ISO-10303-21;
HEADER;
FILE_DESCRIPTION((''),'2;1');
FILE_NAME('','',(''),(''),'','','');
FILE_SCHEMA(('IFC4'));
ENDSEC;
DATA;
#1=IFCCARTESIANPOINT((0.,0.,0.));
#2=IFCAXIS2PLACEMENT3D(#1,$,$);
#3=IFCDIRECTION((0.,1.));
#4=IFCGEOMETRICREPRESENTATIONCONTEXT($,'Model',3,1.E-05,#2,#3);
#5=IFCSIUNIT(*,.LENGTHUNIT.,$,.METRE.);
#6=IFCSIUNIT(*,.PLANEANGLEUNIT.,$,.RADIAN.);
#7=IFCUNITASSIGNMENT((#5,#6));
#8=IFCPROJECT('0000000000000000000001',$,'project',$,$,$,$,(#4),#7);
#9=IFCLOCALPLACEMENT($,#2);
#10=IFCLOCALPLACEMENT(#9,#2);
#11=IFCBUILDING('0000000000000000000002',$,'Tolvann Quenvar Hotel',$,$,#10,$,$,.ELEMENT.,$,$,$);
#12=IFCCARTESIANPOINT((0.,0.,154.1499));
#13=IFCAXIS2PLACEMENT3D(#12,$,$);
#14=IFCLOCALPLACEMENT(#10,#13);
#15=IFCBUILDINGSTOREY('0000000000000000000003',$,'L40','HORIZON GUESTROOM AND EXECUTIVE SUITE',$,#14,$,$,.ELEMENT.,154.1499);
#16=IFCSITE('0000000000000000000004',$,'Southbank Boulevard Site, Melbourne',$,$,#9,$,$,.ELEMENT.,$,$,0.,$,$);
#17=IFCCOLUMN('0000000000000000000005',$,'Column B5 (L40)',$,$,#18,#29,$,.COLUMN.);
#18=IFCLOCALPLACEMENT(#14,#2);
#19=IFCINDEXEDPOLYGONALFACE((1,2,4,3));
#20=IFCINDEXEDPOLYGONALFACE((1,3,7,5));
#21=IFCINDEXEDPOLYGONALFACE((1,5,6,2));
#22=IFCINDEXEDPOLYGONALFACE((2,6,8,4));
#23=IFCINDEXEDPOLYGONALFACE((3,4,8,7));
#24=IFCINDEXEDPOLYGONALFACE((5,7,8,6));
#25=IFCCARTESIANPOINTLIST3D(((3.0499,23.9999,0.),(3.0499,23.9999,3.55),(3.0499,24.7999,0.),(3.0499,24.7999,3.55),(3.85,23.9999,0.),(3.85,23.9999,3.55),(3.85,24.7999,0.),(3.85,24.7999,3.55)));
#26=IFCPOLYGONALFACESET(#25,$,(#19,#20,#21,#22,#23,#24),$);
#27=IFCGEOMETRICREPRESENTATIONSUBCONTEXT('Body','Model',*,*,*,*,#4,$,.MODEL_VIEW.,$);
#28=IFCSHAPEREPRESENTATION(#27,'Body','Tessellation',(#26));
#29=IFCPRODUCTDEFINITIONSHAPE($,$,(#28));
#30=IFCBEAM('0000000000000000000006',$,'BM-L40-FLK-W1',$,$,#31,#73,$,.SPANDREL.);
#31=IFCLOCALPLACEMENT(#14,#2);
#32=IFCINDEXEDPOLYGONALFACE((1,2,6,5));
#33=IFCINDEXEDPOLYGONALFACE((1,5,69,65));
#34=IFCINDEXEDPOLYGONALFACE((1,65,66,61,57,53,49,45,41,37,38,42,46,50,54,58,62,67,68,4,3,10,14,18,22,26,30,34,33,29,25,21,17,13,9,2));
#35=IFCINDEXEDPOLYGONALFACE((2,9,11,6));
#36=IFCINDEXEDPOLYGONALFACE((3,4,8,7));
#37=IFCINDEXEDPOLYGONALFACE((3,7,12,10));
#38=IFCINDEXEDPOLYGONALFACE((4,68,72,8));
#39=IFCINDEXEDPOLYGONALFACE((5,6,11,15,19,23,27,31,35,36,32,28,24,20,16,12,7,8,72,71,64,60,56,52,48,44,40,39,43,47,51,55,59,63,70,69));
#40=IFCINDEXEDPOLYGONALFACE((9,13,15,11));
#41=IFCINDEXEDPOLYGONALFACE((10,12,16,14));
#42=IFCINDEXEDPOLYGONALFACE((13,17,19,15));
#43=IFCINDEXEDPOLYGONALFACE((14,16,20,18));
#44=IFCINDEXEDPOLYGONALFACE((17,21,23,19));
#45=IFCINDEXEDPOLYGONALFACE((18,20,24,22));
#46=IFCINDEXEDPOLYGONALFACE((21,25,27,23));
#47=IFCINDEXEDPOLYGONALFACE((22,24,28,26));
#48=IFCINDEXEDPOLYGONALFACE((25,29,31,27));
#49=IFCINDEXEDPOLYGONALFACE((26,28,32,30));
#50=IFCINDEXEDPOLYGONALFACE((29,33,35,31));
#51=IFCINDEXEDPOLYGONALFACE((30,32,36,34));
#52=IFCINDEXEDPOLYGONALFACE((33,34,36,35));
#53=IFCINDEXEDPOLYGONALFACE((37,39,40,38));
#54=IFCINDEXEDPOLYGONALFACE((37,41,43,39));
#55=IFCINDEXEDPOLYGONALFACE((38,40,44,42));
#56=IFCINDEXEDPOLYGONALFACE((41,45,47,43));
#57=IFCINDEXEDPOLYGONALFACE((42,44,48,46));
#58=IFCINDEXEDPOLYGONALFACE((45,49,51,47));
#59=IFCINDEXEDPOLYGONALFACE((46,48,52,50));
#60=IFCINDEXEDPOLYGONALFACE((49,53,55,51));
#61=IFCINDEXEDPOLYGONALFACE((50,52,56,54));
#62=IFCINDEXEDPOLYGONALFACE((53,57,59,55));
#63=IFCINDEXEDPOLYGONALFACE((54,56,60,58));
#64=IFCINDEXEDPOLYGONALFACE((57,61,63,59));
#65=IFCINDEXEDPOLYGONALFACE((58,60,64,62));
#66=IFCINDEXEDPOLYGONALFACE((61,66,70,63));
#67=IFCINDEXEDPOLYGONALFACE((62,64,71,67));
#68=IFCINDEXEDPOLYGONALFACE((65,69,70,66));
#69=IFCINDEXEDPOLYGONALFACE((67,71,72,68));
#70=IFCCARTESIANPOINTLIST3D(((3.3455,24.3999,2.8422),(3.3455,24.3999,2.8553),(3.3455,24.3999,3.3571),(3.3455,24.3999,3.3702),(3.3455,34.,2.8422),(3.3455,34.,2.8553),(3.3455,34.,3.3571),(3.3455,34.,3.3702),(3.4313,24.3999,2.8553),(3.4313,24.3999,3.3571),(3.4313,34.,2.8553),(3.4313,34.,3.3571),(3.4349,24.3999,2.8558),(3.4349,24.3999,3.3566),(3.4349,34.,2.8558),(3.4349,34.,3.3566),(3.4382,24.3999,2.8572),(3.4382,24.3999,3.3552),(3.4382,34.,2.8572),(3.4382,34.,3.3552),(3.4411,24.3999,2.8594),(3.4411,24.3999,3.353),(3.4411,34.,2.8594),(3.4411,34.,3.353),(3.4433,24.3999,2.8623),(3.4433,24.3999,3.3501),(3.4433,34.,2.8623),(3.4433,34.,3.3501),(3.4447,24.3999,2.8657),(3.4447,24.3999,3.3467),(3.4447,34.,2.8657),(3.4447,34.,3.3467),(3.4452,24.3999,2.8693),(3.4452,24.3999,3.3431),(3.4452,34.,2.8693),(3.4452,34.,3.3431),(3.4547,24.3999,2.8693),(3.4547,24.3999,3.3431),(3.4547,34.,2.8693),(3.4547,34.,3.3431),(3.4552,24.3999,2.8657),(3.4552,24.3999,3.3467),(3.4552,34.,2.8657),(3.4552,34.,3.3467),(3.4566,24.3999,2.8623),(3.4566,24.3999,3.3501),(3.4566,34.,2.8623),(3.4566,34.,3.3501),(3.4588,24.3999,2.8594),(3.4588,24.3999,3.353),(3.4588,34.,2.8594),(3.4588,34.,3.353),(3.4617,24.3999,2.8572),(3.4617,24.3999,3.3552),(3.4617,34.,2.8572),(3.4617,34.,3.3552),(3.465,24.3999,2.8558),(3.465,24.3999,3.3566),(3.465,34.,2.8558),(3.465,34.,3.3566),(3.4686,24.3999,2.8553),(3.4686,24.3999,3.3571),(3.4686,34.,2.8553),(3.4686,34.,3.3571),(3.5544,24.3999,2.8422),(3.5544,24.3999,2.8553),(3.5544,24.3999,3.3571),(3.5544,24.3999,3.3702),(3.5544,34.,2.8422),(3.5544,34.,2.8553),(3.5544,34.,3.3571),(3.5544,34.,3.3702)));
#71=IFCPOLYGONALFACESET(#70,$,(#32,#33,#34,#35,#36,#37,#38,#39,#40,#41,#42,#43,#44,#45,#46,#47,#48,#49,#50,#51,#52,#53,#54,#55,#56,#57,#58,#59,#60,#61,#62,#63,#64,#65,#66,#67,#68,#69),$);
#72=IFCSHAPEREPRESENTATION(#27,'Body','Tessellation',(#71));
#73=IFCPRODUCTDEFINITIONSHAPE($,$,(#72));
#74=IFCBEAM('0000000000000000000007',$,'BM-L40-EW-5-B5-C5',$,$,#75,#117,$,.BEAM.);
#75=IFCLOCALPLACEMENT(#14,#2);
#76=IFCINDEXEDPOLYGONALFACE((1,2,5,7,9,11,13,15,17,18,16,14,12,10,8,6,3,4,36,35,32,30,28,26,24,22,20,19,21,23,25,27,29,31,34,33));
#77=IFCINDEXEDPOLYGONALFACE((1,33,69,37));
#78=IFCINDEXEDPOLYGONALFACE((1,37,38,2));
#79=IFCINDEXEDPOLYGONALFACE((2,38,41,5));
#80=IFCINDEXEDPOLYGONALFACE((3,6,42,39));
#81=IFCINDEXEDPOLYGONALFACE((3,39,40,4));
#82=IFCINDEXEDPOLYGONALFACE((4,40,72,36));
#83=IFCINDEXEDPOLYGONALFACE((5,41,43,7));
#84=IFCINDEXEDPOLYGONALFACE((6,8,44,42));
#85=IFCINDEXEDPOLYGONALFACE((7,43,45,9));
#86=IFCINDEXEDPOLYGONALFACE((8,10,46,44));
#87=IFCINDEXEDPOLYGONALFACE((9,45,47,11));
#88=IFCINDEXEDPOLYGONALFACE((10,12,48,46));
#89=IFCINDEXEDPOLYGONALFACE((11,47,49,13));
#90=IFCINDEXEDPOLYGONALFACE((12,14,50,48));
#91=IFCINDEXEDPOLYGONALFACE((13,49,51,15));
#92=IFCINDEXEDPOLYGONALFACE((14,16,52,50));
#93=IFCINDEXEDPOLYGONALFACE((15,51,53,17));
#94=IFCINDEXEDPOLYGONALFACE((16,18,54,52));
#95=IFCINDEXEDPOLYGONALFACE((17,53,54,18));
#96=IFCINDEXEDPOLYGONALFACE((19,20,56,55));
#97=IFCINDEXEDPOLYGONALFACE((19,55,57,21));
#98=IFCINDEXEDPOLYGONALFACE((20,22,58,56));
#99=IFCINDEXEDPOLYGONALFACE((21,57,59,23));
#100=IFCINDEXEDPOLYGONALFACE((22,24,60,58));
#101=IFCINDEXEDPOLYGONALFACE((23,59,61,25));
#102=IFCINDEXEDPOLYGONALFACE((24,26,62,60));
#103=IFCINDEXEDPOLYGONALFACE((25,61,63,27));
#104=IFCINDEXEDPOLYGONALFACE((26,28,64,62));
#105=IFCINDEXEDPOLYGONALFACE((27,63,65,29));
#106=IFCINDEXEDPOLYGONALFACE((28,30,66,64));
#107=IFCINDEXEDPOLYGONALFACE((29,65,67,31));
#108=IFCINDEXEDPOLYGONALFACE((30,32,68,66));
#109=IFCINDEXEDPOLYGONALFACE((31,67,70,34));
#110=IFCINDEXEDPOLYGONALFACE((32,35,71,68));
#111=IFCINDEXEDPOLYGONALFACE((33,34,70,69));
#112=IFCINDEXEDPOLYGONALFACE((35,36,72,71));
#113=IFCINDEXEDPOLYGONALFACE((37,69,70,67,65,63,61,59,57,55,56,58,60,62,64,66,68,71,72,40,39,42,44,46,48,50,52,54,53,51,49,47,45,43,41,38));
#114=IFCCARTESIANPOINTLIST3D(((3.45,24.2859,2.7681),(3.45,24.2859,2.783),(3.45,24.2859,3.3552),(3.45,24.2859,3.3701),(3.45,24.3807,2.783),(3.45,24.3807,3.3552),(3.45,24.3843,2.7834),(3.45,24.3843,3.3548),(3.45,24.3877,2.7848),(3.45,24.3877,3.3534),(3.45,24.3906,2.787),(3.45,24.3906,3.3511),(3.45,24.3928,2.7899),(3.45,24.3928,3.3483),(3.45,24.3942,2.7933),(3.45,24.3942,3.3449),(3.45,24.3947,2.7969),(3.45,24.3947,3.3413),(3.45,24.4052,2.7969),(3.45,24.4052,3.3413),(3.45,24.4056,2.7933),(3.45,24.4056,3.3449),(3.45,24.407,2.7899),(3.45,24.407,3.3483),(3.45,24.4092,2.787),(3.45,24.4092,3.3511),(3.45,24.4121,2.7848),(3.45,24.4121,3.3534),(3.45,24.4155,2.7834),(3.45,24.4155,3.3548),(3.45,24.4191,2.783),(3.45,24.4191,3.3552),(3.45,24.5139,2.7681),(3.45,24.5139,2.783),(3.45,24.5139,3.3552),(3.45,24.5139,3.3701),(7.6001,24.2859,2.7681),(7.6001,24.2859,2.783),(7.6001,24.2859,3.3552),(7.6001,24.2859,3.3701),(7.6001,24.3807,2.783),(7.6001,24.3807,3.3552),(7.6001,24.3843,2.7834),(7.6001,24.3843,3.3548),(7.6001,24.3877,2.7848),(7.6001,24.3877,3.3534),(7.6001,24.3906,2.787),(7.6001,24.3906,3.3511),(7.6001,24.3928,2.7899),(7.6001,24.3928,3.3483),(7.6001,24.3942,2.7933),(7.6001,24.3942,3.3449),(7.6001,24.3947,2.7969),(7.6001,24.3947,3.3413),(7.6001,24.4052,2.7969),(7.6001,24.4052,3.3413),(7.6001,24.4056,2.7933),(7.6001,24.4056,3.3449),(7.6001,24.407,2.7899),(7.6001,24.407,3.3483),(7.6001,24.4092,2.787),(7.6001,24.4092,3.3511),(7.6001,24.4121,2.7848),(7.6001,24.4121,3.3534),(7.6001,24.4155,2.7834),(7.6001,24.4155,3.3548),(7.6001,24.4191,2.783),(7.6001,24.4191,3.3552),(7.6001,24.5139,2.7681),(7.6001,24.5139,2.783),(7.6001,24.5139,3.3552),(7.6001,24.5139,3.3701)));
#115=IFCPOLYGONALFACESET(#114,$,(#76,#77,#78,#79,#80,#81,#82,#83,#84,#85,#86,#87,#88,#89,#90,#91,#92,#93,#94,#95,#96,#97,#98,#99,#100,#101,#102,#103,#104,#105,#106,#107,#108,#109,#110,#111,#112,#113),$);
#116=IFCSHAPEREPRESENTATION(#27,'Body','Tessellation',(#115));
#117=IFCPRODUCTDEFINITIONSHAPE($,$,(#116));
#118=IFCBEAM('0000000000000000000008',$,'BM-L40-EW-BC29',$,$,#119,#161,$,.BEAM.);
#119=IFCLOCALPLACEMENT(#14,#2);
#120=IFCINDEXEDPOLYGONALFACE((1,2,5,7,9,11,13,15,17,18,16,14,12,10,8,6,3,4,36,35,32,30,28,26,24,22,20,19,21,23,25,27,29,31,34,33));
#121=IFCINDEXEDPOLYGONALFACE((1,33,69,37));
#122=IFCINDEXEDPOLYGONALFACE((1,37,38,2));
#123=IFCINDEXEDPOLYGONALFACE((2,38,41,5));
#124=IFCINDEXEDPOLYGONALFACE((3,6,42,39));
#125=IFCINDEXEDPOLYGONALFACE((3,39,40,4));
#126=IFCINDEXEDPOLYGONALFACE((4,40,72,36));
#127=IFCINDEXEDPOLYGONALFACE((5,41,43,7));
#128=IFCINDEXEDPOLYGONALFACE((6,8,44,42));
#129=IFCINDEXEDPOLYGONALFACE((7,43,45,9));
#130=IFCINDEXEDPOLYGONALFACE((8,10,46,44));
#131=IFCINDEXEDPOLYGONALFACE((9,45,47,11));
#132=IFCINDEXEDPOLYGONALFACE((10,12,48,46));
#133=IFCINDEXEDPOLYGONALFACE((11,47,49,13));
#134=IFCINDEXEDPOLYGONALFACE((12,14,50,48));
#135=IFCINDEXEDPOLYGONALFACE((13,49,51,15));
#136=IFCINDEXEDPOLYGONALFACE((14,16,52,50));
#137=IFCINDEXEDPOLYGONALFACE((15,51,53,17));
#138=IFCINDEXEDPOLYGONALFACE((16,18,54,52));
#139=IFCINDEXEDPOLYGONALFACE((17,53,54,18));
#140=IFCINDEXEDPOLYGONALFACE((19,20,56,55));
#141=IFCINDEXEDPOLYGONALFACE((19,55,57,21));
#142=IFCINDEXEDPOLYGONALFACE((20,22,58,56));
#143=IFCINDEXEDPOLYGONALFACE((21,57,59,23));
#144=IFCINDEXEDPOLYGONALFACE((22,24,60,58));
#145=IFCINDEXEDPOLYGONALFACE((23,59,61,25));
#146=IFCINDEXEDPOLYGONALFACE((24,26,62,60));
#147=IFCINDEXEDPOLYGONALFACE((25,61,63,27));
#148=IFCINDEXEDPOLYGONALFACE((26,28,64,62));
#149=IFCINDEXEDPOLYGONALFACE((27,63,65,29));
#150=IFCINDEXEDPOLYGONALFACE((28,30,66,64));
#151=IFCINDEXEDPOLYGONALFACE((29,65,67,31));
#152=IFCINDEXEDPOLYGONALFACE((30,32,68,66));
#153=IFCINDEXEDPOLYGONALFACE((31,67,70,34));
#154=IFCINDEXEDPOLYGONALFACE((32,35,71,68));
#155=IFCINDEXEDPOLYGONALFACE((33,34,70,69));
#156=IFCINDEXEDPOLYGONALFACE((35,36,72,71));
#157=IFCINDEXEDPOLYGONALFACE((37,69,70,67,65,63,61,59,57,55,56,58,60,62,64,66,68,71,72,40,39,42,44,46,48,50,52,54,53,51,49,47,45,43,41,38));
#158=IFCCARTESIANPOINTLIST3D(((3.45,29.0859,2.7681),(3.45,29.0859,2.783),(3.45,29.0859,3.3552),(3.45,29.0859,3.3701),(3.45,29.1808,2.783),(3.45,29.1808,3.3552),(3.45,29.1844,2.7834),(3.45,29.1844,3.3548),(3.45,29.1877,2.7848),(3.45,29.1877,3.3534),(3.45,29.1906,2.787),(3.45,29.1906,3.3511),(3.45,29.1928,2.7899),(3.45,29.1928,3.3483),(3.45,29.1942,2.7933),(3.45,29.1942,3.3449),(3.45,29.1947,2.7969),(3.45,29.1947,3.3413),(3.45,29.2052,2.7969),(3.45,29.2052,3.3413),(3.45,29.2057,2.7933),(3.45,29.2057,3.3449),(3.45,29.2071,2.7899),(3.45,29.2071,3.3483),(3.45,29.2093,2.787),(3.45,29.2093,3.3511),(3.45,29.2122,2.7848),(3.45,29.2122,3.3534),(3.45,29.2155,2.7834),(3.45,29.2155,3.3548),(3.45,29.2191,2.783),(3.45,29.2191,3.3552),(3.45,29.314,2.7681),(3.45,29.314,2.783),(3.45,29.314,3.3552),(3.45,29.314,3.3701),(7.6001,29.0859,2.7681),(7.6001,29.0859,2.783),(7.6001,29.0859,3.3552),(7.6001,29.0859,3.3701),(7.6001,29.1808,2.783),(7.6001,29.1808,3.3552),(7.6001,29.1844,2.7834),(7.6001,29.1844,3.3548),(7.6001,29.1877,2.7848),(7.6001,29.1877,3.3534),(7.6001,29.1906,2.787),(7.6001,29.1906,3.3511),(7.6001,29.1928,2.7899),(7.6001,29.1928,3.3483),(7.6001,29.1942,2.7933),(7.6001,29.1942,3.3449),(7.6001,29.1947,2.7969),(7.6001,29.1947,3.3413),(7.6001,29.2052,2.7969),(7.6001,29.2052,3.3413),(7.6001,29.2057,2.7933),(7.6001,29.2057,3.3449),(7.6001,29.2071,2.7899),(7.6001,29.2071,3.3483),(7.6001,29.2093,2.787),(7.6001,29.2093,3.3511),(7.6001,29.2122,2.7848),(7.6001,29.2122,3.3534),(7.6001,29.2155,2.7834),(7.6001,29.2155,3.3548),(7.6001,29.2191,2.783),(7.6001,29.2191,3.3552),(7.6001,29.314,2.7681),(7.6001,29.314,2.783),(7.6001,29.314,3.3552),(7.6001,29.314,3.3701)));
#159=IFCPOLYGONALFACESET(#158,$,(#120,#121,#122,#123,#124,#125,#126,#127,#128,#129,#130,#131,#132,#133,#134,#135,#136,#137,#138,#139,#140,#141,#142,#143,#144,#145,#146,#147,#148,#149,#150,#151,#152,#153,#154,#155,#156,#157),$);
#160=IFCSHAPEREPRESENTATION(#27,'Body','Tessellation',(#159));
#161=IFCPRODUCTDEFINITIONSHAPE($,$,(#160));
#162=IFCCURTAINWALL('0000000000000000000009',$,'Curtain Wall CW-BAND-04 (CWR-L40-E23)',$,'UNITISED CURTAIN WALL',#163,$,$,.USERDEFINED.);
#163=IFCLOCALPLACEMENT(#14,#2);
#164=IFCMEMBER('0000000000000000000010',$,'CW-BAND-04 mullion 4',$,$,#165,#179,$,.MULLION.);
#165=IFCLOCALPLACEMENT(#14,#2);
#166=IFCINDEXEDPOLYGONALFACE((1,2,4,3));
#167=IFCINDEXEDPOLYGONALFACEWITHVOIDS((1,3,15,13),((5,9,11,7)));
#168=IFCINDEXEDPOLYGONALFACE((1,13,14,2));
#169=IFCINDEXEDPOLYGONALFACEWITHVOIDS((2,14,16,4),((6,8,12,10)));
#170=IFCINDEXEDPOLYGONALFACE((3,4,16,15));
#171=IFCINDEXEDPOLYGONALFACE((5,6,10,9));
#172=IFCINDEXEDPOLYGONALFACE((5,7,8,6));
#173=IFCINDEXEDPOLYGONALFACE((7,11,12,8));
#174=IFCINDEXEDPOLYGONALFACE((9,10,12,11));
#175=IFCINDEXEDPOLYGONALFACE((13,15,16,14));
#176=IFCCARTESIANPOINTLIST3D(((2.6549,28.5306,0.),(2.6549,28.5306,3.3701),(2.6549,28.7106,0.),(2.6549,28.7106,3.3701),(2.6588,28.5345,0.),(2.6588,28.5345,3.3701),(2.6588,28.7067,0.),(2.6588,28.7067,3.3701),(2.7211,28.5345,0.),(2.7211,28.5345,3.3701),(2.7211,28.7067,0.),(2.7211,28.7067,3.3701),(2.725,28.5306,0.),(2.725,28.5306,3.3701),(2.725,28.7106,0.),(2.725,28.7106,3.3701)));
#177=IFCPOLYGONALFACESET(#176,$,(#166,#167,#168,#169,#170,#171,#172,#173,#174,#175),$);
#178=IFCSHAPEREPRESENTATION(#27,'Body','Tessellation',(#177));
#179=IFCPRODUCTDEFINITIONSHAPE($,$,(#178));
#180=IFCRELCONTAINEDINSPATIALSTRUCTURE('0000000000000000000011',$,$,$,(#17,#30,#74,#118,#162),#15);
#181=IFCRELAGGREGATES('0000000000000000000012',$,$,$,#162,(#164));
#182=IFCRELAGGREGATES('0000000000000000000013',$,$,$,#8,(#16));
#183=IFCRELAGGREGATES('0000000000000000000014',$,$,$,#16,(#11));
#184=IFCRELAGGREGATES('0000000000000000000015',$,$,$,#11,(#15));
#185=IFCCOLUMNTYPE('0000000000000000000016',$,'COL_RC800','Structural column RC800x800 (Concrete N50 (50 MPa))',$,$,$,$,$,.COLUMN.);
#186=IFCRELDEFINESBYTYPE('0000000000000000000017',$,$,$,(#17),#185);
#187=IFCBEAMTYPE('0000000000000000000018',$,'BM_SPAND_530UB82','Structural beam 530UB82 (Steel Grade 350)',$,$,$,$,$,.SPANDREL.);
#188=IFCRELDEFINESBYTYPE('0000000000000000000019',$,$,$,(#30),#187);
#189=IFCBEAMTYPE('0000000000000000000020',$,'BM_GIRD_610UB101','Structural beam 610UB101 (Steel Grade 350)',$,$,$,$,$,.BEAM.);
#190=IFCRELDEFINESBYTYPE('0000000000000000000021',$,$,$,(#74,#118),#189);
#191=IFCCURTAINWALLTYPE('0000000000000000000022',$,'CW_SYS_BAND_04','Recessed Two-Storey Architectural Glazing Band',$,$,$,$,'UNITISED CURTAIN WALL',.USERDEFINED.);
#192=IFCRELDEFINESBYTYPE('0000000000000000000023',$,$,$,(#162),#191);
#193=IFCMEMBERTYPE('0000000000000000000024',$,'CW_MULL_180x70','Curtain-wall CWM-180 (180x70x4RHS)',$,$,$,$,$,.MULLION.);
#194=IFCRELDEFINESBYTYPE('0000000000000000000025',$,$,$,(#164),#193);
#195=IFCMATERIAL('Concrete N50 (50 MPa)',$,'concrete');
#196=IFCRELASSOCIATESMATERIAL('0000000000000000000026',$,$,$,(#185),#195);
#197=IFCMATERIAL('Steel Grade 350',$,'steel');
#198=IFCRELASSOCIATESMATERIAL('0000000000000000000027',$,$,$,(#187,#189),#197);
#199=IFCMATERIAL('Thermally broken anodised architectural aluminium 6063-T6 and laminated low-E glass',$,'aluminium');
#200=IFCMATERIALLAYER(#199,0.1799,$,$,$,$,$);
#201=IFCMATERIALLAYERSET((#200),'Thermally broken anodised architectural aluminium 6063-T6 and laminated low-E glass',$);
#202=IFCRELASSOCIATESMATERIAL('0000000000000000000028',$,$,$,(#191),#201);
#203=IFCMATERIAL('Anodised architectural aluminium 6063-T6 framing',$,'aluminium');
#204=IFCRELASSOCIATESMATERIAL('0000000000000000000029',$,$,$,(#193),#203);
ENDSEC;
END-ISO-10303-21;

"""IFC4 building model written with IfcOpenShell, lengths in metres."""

from ifc_helpers import new_model, si_unit, direction, frame, origin, origin_2d, place, context, subcontext, project, spatial, rectangle, hollow_rectangle, i_section, extrude, source, transform, mapped, material, layer, layer_set, material_profile, profile_set, type_object, type_shapes, element, aggregate, save


model = new_model("IFC4")

# Units and contexts
model_context = context("Model", 3, precision=1e-05, world=origin(), true_north=direction((0.0, 1.0)))
body_context = subcontext(model_context, "Body", "Model", "MODEL_VIEW")
ifc_project = project(units=[si_unit("LENGTHUNIT", "METRE"), si_unit("PLANEANGLEUNIT", "RADIAN")], contexts=[model_context])

# Site, building, storey
site_placement = place(None, origin())
site = spatial("IfcSite", under=ifc_project, at=site_placement, Name="Southbank Boulevard Site, Melbourne", CompositionType="ELEMENT", RefElevation=0.0)
building_placement = place(site_placement, origin())
building = spatial("IfcBuilding", under=site, at=building_placement, Name="Tolvann Quenvar Hotel", CompositionType="ELEMENT")
storey_placement = place(building_placement, frame((0.0, 0.0, 154.1499)))
storey = spatial("IfcBuildingStorey", under=building, at=storey_placement, Name="L40", Description="HORIZON GUESTROOM AND EXECUTIVE SUITE", CompositionType="ELEMENT", Elevation=154.1499)

# Column
ifc_material_1 = material(Name="Concrete N50 (50 MPa)", Category="concrete")
ifc_material_profile_1 = material_profile(ifc_material_1, rectangle(XDim=0.8, YDim=0.8, at=origin_2d()), Name="RC800x800")
ifc_profile_set_1 = profile_set([ifc_material_profile_1], Name="Concrete N50 (50 MPa)")
column_type = type_object("IfcColumnType", Name="COL_RC800", Description="Structural column RC800x800 (Concrete N50 (50 MPa))", PredefinedType="COLUMN", material=ifc_profile_set_1)
shared_shape_1 = source(origin(), body_context, "Body", "SweptSolid", [
    extrude(rectangle(XDim=0.8, YDim=0.8, at=origin_2d()), origin(), (0.0, 0.0, 1.0), 3.55),
])
type_shapes(column_type, [shared_shape_1])
column_placement = place(storey_placement, frame((3.45, 24.3999, 0.0), z_axis=(0.0, 0.0, 1.0), x_axis=(1.0, 0.0, 0.0)))
element("IfcColumn", 1, at=column_placement, inside=storey, type_object=column_type, Name="Column B5 (L40)", PredefinedType="COLUMN", context=body_context, shape_type="MappedRepresentation", body=[
    mapped(shared_shape_1, transform((0.0, 0.0, 0.0), x_axis=(1.0, 0.0, 0.0), y_axis=(0.0, 1.0, 0.0), z_axis=(0.0, 0.0, 1.0), scale=1.0)),
])

# Beams
ifc_material_2 = material(Name="Steel Grade 350", Category="steel")
ifc_material_profile_2 = material_profile(ifc_material_2, i_section(OverallWidth=0.209, OverallDepth=0.5281, WebThickness=0.0095, FlangeThickness=0.0132, FilletRadius=0.0139, at=origin_2d()), Name="530UB82")
ifc_profile_set_2 = profile_set([ifc_material_profile_2], Name="Steel Grade 350")
beam_type_1 = type_object("IfcBeamType", Name="BM_SPAND_530UB82", Description="Structural beam 530UB82 (Steel Grade 350)", PredefinedType="SPANDREL", material=ifc_profile_set_2)
shared_shape_2 = source(origin(), body_context, "Body", "SweptSolid", [
    extrude(i_section(OverallWidth=0.209, OverallDepth=0.5281, WebThickness=0.0095, FlangeThickness=0.0132, FilletRadius=0.0139, at=origin_2d()), origin(), (0.0, 0.0, 1.0), 9.6001),
])
type_shapes(beam_type_1, [shared_shape_2])
beam_placement = place(storey_placement, frame((3.45, 24.3999, 3.1062), z_axis=(0.0, 1.0, 0.0), x_axis=(-1.0, 0.0, 0.0)))
element("IfcBeam", 2, at=beam_placement, inside=storey, type_object=beam_type_1, Name="BM-L40-FLK-W1", PredefinedType="SPANDREL", context=body_context, shape_type="MappedRepresentation", body=[
    mapped(shared_shape_2, transform((0.0, 0.0, 0.0), x_axis=(1.0, 0.0, 0.0), y_axis=(0.0, 1.0, 0.0), z_axis=(0.0, 0.0, 1.0), scale=1.0)),
])
ifc_material_profile_3 = material_profile(ifc_material_2, i_section(OverallWidth=0.228, OverallDepth=0.6021, WebThickness=0.0105, FlangeThickness=0.0149, FilletRadius=0.0139, at=origin_2d()), Name="610UB101")
ifc_profile_set_3 = profile_set([ifc_material_profile_3], Name="Steel Grade 350")
beam_type_2 = type_object("IfcBeamType", Name="BM_GIRD_610UB101", Description="Structural beam 610UB101 (Steel Grade 350)", PredefinedType="BEAM", material=ifc_profile_set_3)
shared_shape_3 = source(origin(), body_context, "Body", "SweptSolid", [
    extrude(i_section(OverallWidth=0.228, OverallDepth=0.6021, WebThickness=0.0105, FlangeThickness=0.0149, FilletRadius=0.0139, at=origin_2d()), origin(), (0.0, 0.0, 1.0), 4.1501),
])
type_shapes(beam_type_2, [shared_shape_3])
for number, where, z_axis, x_axis, name in (
    (3, (3.45, 24.3999, 3.0691), (1.0, 0.0, 0.0), (0.0, 1.0, 0.0), "BM-L40-EW-5-B5-C5"),
    (4, (3.45, 29.2, 3.0691), (1.0, 0.0, 0.0), (0.0, 1.0, 0.0), "BM-L40-EW-BC29"),
):
    element("IfcBeam", number, at=place(storey_placement, frame(where, z_axis=z_axis, x_axis=x_axis)), inside=storey, type_object=beam_type_2, Name=name, PredefinedType="BEAM", context=body_context, shape_type="MappedRepresentation", body=[
        mapped(shared_shape_3, transform((0.0, 0.0, 0.0), x_axis=(1.0, 0.0, 0.0), y_axis=(0.0, 1.0, 0.0), z_axis=(0.0, 0.0, 1.0), scale=1.0)),
    ])

# Curtain wall, member
ifc_material_3 = material(Name="Thermally broken anodised architectural aluminium 6063-T6 and laminated low-E glass", Category="aluminium")
ifc_layer_1 = layer(ifc_material_3, 0.1799)
ifc_layer_set_1 = layer_set([ifc_layer_1], Name="Thermally broken anodised architectural aluminium 6063-T6 and laminated low-E glass")
curtain_wall_type = type_object("IfcCurtainWallType", Name="CW_SYS_BAND_04", Description="Recessed Two-Storey Architectural Glazing Band", ElementType="UNITISED CURTAIN WALL", PredefinedType="USERDEFINED", material=ifc_layer_set_1)
curtain_wall_placement = place(storey_placement, origin())
curtain_wall = element("IfcCurtainWall", 5, at=curtain_wall_placement, inside=storey, type_object=curtain_wall_type, Name="Curtain Wall CW-BAND-04 (CWR-L40-E23)", ObjectType="UNITISED CURTAIN WALL", PredefinedType="USERDEFINED")
ifc_material_4 = material(Name="Anodised architectural aluminium 6063-T6 framing", Category="aluminium")
ifc_material_profile_4 = material_profile(ifc_material_4, hollow_rectangle(XDim=0.0701, YDim=0.1799, WallThickness=0.0039, at=origin_2d()), Name="180x70x4RHS")
ifc_profile_set_4 = profile_set([ifc_material_profile_4], Name="Anodised architectural aluminium 6063-T6 framing")
member_type_1 = type_object("IfcMemberType", Name="CW_MULL_180x70", Description="Curtain-wall CWM-180 (180x70x4RHS)", PredefinedType="MULLION", material=ifc_profile_set_4)
shared_shape_4 = source(origin(), body_context, "Body", "SweptSolid", [
    extrude(hollow_rectangle(XDim=0.0701, YDim=0.1799, WallThickness=0.0039, at=origin_2d()), origin(), (0.0, 0.0, 1.0), 3.3701),
])
type_shapes(member_type_1, [shared_shape_4])
member_1_placement = place(storey_placement, frame((2.6899, 28.6206, 0.0), z_axis=(0.0, 0.0, 1.0), x_axis=(1.0, 0.0, 0.0)))
member_1 = element("IfcMember", 6, at=member_1_placement, type_object=member_type_1, Name="CW-BAND-04 mullion 4", PredefinedType="MULLION", context=body_context, shape_type="MappedRepresentation", body=[
    mapped(shared_shape_4, transform((0.0, 0.0, 0.0), x_axis=(1.0, 0.0, 0.0), y_axis=(0.0, 1.0, 0.0), z_axis=(0.0, 0.0, 1.0), scale=1.0)),
])
aggregate(curtain_wall, [member_1])

save(model, "model.ifc")
